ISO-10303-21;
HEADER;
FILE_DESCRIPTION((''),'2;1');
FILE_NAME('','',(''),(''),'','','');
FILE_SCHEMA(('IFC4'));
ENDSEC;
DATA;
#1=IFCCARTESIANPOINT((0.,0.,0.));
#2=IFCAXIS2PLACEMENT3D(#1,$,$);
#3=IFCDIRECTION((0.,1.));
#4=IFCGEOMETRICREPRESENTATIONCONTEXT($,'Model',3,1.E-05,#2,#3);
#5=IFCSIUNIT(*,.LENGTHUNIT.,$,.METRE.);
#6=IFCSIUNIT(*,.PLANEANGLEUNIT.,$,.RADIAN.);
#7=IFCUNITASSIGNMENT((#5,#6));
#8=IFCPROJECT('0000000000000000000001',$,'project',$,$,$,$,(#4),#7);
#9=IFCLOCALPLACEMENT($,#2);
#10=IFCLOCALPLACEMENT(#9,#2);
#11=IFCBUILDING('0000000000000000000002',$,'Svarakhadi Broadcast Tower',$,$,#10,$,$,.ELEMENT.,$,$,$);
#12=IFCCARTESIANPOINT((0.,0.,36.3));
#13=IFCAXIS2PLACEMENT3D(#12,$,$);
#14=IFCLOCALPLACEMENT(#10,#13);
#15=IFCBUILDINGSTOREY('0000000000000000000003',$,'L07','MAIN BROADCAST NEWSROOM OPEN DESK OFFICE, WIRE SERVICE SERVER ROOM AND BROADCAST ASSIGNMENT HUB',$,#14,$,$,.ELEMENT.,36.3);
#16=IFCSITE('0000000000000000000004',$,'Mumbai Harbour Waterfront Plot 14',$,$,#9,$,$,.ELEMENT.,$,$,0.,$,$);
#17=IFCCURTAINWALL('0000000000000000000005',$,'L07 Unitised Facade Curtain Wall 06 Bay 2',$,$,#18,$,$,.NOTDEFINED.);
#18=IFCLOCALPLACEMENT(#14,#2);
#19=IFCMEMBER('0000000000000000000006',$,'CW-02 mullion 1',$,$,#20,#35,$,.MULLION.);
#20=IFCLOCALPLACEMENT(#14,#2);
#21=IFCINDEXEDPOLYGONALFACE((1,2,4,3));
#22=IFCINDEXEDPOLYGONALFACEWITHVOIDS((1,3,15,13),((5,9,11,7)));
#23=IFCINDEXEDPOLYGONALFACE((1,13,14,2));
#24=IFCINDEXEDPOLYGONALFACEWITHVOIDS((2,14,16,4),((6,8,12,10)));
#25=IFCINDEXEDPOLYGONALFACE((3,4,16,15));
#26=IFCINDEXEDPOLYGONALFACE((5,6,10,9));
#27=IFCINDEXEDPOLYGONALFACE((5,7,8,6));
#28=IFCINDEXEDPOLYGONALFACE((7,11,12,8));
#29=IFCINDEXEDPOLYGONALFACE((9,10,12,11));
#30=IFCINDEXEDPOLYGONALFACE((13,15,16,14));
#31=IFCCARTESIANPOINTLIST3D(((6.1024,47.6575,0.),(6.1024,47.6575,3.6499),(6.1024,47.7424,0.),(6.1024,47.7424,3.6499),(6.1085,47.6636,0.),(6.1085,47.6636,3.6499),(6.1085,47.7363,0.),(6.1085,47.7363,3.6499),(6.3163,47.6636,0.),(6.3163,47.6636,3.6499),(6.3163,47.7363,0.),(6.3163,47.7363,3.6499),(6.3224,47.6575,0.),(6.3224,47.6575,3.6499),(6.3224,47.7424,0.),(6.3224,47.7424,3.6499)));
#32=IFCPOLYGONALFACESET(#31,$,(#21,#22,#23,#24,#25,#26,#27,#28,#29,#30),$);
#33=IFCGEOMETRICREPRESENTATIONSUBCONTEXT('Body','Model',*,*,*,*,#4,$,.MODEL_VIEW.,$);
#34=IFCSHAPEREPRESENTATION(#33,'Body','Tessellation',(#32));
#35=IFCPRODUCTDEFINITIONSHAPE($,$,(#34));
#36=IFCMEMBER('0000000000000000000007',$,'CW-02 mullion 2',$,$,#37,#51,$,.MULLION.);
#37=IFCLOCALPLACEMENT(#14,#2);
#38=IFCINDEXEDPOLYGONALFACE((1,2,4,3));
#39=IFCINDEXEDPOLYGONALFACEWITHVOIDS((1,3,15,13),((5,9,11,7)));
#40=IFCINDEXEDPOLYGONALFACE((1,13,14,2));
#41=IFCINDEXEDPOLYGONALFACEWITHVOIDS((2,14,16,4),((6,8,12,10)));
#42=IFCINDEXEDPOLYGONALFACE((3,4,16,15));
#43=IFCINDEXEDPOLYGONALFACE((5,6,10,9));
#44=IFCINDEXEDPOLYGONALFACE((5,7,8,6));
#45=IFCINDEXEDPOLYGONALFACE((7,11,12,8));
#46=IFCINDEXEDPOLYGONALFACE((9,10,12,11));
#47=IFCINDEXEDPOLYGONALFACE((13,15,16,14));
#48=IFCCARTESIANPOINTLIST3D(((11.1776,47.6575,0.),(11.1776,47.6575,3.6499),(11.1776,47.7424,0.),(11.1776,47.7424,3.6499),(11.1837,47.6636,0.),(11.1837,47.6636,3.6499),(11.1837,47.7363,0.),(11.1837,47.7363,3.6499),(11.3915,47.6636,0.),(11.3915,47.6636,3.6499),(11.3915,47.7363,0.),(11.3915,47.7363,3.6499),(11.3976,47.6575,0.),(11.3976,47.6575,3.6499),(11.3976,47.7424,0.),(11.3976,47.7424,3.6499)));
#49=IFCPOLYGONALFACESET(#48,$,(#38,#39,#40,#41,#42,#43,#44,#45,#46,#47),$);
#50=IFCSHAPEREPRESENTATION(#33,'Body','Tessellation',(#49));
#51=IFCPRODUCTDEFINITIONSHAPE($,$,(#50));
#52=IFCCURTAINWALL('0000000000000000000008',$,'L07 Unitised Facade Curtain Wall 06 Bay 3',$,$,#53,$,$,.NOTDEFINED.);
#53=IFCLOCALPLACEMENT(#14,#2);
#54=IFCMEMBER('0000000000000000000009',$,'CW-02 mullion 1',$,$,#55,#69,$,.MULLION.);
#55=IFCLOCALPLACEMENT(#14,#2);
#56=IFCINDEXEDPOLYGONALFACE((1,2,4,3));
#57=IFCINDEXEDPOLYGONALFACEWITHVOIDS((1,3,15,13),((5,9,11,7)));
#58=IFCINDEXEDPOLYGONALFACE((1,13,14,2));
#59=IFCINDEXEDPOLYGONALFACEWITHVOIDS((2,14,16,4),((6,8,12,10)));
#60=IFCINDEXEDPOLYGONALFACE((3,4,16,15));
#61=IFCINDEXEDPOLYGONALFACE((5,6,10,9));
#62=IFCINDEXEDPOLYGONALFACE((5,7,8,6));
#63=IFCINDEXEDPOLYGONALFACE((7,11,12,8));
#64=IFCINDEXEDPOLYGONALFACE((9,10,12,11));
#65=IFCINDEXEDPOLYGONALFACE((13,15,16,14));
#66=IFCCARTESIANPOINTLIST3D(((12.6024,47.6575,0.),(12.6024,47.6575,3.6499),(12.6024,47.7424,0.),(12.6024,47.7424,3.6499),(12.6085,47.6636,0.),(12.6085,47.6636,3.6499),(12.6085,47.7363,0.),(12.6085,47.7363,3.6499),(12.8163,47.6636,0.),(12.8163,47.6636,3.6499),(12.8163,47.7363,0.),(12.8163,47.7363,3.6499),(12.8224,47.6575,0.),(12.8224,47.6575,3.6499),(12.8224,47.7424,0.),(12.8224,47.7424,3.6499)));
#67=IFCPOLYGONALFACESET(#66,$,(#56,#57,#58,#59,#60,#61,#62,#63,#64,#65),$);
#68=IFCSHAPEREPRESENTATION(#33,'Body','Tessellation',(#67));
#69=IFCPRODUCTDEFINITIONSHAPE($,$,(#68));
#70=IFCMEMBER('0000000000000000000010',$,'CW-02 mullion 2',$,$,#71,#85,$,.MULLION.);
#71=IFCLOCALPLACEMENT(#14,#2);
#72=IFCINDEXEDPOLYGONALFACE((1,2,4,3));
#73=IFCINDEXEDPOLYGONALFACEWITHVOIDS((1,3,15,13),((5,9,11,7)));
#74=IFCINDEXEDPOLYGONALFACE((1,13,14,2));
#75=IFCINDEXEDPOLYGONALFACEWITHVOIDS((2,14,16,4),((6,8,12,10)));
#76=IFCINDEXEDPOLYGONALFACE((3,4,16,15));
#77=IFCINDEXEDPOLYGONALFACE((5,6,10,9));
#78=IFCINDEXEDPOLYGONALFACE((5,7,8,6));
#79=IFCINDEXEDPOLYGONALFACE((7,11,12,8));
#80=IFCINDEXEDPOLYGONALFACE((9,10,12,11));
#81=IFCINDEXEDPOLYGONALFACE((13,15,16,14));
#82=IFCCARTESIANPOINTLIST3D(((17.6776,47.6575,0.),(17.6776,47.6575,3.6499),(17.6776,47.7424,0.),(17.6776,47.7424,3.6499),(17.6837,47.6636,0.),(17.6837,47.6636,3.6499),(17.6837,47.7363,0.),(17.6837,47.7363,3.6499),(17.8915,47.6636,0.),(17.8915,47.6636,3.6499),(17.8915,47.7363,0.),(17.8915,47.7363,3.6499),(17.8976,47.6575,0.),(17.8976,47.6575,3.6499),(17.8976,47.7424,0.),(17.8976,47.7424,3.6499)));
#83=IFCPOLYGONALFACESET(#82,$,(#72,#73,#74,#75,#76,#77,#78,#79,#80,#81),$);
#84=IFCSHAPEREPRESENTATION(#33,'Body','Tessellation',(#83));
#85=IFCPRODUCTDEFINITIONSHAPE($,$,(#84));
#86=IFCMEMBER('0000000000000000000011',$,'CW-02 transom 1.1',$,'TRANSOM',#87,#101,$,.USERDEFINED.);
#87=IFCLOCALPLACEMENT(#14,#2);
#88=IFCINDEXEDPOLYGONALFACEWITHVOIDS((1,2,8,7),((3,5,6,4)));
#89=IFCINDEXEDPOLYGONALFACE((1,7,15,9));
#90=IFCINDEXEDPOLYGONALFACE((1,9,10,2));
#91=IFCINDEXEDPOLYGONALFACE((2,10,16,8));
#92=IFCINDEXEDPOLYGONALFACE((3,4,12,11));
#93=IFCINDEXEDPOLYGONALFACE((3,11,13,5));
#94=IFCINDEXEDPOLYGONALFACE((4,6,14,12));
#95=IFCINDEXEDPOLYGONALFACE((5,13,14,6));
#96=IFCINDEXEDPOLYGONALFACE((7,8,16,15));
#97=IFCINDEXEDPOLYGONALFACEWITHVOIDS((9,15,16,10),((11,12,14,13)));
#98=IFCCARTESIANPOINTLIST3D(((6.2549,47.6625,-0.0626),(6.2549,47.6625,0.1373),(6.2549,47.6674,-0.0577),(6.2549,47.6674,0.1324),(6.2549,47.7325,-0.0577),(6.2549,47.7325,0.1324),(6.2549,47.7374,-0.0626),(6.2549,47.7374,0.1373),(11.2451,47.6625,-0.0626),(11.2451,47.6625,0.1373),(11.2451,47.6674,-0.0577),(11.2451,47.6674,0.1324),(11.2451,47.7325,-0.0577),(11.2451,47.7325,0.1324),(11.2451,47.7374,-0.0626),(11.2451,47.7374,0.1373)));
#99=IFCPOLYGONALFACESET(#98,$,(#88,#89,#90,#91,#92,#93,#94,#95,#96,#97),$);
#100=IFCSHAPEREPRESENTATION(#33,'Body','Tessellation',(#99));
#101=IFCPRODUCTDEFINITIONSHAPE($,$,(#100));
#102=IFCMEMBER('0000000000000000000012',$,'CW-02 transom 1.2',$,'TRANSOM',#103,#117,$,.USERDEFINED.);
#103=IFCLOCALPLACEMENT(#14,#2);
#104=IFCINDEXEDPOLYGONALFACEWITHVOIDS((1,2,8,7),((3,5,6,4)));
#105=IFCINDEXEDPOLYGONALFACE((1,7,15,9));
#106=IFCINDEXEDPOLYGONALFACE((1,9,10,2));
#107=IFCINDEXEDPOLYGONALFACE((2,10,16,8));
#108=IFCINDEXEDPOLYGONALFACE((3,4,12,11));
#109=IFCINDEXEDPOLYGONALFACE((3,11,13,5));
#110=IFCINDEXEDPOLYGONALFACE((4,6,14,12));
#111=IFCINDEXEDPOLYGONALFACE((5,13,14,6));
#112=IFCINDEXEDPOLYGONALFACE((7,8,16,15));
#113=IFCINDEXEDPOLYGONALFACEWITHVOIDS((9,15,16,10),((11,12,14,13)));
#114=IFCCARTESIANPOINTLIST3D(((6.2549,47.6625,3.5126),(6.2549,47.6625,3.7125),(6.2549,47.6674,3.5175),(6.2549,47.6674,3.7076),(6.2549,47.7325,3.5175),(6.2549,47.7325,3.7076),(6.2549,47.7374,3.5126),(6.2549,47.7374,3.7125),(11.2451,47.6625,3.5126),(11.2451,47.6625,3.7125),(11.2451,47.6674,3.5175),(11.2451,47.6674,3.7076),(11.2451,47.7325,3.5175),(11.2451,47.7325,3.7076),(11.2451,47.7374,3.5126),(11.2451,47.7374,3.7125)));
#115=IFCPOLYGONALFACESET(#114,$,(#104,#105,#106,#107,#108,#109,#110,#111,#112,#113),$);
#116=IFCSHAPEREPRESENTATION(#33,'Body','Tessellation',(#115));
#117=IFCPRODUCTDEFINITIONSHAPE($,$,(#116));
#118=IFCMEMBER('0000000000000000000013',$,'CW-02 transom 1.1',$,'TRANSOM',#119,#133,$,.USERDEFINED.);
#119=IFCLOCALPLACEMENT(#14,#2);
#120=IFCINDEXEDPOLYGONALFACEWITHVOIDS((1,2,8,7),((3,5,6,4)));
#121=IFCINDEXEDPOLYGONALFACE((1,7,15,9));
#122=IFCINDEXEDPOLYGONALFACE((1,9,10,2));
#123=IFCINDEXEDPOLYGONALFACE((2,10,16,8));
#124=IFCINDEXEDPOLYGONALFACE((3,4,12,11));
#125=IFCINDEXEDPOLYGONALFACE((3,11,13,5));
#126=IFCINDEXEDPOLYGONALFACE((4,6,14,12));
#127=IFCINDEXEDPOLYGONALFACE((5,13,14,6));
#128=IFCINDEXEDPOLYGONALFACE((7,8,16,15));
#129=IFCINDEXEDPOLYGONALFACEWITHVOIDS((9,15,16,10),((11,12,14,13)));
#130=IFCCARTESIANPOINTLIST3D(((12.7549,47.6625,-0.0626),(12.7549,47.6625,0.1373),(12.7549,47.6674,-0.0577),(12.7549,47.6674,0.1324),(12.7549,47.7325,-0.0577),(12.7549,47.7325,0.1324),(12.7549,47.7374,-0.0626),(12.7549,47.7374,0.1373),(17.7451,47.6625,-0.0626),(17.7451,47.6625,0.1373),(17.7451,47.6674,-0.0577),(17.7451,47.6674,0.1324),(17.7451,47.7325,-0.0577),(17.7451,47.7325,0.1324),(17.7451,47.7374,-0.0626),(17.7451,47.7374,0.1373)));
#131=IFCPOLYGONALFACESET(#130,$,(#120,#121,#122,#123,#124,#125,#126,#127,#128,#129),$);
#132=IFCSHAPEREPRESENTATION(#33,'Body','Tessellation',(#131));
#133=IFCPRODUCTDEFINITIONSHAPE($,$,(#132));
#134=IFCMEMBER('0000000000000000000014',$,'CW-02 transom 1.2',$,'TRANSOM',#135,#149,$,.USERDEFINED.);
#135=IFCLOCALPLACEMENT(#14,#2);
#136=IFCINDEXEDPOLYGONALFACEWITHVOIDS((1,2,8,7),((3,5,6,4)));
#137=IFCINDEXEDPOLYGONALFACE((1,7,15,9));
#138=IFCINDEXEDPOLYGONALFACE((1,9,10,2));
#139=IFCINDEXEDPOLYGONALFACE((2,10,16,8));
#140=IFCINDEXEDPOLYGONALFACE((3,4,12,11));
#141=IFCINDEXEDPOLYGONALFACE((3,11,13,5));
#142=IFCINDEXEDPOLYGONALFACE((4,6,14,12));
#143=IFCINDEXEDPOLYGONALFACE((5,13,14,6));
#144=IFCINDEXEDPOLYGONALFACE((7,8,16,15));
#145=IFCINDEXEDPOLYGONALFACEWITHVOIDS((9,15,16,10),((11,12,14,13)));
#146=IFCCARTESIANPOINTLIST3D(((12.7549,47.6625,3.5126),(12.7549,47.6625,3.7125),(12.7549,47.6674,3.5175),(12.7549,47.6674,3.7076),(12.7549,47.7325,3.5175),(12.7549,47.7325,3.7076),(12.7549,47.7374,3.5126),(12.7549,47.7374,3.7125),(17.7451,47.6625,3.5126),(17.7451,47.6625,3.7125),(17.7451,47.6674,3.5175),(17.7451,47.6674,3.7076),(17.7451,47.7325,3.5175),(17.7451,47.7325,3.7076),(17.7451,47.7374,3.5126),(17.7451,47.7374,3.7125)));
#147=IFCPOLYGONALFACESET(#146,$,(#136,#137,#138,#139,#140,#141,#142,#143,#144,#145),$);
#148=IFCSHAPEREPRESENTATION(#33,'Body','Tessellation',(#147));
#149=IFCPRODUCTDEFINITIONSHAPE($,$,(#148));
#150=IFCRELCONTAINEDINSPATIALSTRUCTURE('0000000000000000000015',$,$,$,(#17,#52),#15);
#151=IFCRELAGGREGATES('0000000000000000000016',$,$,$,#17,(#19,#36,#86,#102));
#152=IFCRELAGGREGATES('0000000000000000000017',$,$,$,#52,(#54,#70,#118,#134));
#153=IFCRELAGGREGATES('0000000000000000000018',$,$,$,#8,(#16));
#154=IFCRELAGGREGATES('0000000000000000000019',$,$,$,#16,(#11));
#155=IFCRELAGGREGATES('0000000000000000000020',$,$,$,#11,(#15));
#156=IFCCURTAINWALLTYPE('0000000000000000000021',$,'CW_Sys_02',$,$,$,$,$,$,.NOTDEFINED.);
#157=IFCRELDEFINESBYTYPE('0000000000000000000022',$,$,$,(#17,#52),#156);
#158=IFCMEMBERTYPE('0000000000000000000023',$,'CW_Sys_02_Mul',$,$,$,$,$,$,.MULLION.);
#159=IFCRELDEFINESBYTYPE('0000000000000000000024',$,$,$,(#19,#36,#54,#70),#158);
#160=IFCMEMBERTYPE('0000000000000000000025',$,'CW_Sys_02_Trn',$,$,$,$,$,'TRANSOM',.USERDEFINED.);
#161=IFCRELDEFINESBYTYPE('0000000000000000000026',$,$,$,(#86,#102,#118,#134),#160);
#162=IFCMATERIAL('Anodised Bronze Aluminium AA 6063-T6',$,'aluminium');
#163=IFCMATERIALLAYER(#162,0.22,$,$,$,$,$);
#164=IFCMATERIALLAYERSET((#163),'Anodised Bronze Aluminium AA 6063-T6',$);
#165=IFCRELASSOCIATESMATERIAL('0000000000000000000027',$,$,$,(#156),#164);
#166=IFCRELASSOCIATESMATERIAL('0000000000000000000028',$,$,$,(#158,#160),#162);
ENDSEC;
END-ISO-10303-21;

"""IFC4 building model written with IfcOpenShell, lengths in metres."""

from ifc_helpers import new_model, si_unit, direction, frame, origin, origin_2d, place, context, subcontext, project, spatial, hollow_rectangle, extrude, material, layer, layer_set, material_profile, profile_set, type_object, element, aggregate, save


model = new_model("IFC4")

# Units and contexts
model_context = context("Model", 3, precision=1e-05, world=origin(), true_north=direction((0.0, 1.0)))
body_context = subcontext(model_context, "Body", "Model", "MODEL_VIEW")
ifc_project = project(units=[si_unit("LENGTHUNIT", "METRE"), si_unit("PLANEANGLEUNIT", "RADIAN")], contexts=[model_context])

# Site, building, storey
site_placement = place(None, origin())
site = spatial("IfcSite", under=ifc_project, at=site_placement, Name="Mumbai Harbour Waterfront Plot 14", CompositionType="ELEMENT", RefElevation=0.0)
building_placement = place(site_placement, origin())
building = spatial("IfcBuilding", under=site, at=building_placement, Name="Svarakhadi Broadcast Tower", CompositionType="ELEMENT")
storey_placement = place(building_placement, frame((0.0, 0.0, 36.3)))
storey = spatial("IfcBuildingStorey", under=building, at=storey_placement, Name="L07", Description="MAIN BROADCAST NEWSROOM OPEN DESK OFFICE, WIRE SERVICE SERVER ROOM AND BROADCAST ASSIGNMENT HUB", CompositionType="ELEMENT", Elevation=36.3)

# Curtain walls, members
ifc_material_1 = material(Name="Anodised Bronze Aluminium AA 6063-T6", Category="aluminium")
ifc_layer_1 = layer(ifc_material_1, 0.22)
ifc_layer_set_1 = layer_set([ifc_layer_1], Name="Anodised Bronze Aluminium AA 6063-T6")
curtain_wall_type = type_object("IfcCurtainWallType", Name="CW_Sys_02", PredefinedType="NOTDEFINED", material=ifc_layer_set_1)
curtain_wall_1_placement = place(storey_placement, origin())
curtain_wall_1 = element("IfcCurtainWall", 1, at=curtain_wall_1_placement, inside=storey, type_object=curtain_wall_type, Name="L07 Unitised Facade Curtain Wall 06 Bay 2", PredefinedType="NOTDEFINED")
ifc_material_profile_1 = material_profile(ifc_material_1, hollow_rectangle(XDim=0.085, YDim=0.22, WallThickness=0.0061, at=origin_2d()), Name="ALU MULLION 220x85x6")
ifc_profile_set_1 = profile_set([ifc_material_profile_1], Name="Anodised Bronze Aluminium AA 6063-T6")
member_type_1 = type_object("IfcMemberType", Name="CW_Sys_02_Mul", PredefinedType="MULLION", material=ifc_profile_set_1)
member_1_placement = place(storey_placement, frame((6.2124, 47.7, 0.0), z_axis=(0.0, 0.0, 1.0), x_axis=(0.0, 1.0, 0.0)))
member_1 = element("IfcMember", 2, at=member_1_placement, type_object=member_type_1, Name="CW-02 mullion 1", PredefinedType="MULLION", context=body_context, shape_type="SweptSolid", body=[
    extrude(hollow_rectangle(XDim=0.085, YDim=0.22, WallThickness=0.0061, at=origin_2d()), origin(), (0.0, 0.0, 1.0), 3.6499),
])
member_2_placement = place(storey_placement, frame((11.2876, 47.7, 0.0), z_axis=(0.0, 0.0, 1.0), x_axis=(0.0, 1.0, 0.0)))
member_2 = element("IfcMember", 3, at=member_2_placement, type_object=member_type_1, Name="CW-02 mullion 2", PredefinedType="MULLION", context=body_context, shape_type="SweptSolid", body=[
    extrude(hollow_rectangle(XDim=0.085, YDim=0.22, WallThickness=0.0061, at=origin_2d()), origin(), (0.0, 0.0, 1.0), 3.6499),
])
curtain_wall_2_placement = place(storey_placement, origin())
curtain_wall_2 = element("IfcCurtainWall", 4, at=curtain_wall_2_placement, inside=storey, type_object=curtain_wall_type, Name="L07 Unitised Facade Curtain Wall 06 Bay 3", PredefinedType="NOTDEFINED")
member_3_placement = place(storey_placement, frame((12.7124, 47.7, 0.0), z_axis=(0.0, 0.0, 1.0), x_axis=(0.0, 1.0, 0.0)))
member_3 = element("IfcMember", 5, at=member_3_placement, type_object=member_type_1, Name="CW-02 mullion 1", PredefinedType="MULLION", context=body_context, shape_type="SweptSolid", body=[
    extrude(hollow_rectangle(XDim=0.085, YDim=0.22, WallThickness=0.0061, at=origin_2d()), origin(), (0.0, 0.0, 1.0), 3.6499),
])
member_4_placement = place(storey_placement, frame((17.7876, 47.7, 0.0), z_axis=(0.0, 0.0, 1.0), x_axis=(0.0, 1.0, 0.0)))
member_4 = element("IfcMember", 6, at=member_4_placement, type_object=member_type_1, Name="CW-02 mullion 2", PredefinedType="MULLION", context=body_context, shape_type="SweptSolid", body=[
    extrude(hollow_rectangle(XDim=0.085, YDim=0.22, WallThickness=0.0061, at=origin_2d()), origin(), (0.0, 0.0, 1.0), 3.6499),
])

# Members
ifc_material_profile_2 = material_profile(ifc_material_1, hollow_rectangle(XDim=0.075, YDim=0.2, WallThickness=0.0049, at=origin_2d()), Name="ALU TRANSOM 200x75x5")
ifc_profile_set_2 = profile_set([ifc_material_profile_2], Name="Anodised Bronze Aluminium AA 6063-T6")
member_type_2 = type_object("IfcMemberType", Name="CW_Sys_02_Trn", ElementType="TRANSOM", PredefinedType="USERDEFINED", material=ifc_profile_set_2)
member_5_placement = place(storey_placement, frame((6.2549, 47.7, 0.0374), z_axis=(1.0, 0.0, 0.0), x_axis=(0.0, 1.0, 0.0)))
member_5 = element("IfcMember", 7, at=member_5_placement, type_object=member_type_2, Name="CW-02 transom 1.1", ObjectType="TRANSOM", PredefinedType="USERDEFINED", context=body_context, shape_type="SweptSolid", body=[
    extrude(hollow_rectangle(XDim=0.075, YDim=0.2, WallThickness=0.0049, at=origin_2d()), origin(), (0.0, 0.0, 1.0), 4.9902),
])
member_6_placement = place(storey_placement, frame((6.2549, 47.7, 3.6125), z_axis=(1.0, 0.0, 0.0), x_axis=(0.0, 1.0, 0.0)))
member_6 = element("IfcMember", 8, at=member_6_placement, type_object=member_type_2, Name="CW-02 transom 1.2", ObjectType="TRANSOM", PredefinedType="USERDEFINED", context=body_context, shape_type="SweptSolid", body=[
    extrude(hollow_rectangle(XDim=0.075, YDim=0.2, WallThickness=0.0049, at=origin_2d()), origin(), (0.0, 0.0, 1.0), 4.9902),
])
member_7_placement = place(storey_placement, frame((12.7549, 47.7, 0.0374), z_axis=(1.0, 0.0, 0.0), x_axis=(0.0, 1.0, 0.0)))
member_7 = element("IfcMember", 9, at=member_7_placement, type_object=member_type_2, Name="CW-02 transom 1.1", ObjectType="TRANSOM", PredefinedType="USERDEFINED", context=body_context, shape_type="SweptSolid", body=[
    extrude(hollow_rectangle(XDim=0.075, YDim=0.2, WallThickness=0.0049, at=origin_2d()), origin(), (0.0, 0.0, 1.0), 4.9902),
])
member_8_placement = place(storey_placement, frame((12.7549, 47.7, 3.6125), z_axis=(1.0, 0.0, 0.0), x_axis=(0.0, 1.0, 0.0)))
member_8 = element("IfcMember", 10, at=member_8_placement, type_object=member_type_2, Name="CW-02 transom 1.2", ObjectType="TRANSOM", PredefinedType="USERDEFINED", context=body_context, shape_type="SweptSolid", body=[
    extrude(hollow_rectangle(XDim=0.075, YDim=0.2, WallThickness=0.0049, at=origin_2d()), origin(), (0.0, 0.0, 1.0), 4.9902),
])

aggregate(curtain_wall_1, [member_1, member_2, member_5, member_6])
aggregate(curtain_wall_2, [member_3, member_4, member_7, member_8])

save(model, "model.ifc")
